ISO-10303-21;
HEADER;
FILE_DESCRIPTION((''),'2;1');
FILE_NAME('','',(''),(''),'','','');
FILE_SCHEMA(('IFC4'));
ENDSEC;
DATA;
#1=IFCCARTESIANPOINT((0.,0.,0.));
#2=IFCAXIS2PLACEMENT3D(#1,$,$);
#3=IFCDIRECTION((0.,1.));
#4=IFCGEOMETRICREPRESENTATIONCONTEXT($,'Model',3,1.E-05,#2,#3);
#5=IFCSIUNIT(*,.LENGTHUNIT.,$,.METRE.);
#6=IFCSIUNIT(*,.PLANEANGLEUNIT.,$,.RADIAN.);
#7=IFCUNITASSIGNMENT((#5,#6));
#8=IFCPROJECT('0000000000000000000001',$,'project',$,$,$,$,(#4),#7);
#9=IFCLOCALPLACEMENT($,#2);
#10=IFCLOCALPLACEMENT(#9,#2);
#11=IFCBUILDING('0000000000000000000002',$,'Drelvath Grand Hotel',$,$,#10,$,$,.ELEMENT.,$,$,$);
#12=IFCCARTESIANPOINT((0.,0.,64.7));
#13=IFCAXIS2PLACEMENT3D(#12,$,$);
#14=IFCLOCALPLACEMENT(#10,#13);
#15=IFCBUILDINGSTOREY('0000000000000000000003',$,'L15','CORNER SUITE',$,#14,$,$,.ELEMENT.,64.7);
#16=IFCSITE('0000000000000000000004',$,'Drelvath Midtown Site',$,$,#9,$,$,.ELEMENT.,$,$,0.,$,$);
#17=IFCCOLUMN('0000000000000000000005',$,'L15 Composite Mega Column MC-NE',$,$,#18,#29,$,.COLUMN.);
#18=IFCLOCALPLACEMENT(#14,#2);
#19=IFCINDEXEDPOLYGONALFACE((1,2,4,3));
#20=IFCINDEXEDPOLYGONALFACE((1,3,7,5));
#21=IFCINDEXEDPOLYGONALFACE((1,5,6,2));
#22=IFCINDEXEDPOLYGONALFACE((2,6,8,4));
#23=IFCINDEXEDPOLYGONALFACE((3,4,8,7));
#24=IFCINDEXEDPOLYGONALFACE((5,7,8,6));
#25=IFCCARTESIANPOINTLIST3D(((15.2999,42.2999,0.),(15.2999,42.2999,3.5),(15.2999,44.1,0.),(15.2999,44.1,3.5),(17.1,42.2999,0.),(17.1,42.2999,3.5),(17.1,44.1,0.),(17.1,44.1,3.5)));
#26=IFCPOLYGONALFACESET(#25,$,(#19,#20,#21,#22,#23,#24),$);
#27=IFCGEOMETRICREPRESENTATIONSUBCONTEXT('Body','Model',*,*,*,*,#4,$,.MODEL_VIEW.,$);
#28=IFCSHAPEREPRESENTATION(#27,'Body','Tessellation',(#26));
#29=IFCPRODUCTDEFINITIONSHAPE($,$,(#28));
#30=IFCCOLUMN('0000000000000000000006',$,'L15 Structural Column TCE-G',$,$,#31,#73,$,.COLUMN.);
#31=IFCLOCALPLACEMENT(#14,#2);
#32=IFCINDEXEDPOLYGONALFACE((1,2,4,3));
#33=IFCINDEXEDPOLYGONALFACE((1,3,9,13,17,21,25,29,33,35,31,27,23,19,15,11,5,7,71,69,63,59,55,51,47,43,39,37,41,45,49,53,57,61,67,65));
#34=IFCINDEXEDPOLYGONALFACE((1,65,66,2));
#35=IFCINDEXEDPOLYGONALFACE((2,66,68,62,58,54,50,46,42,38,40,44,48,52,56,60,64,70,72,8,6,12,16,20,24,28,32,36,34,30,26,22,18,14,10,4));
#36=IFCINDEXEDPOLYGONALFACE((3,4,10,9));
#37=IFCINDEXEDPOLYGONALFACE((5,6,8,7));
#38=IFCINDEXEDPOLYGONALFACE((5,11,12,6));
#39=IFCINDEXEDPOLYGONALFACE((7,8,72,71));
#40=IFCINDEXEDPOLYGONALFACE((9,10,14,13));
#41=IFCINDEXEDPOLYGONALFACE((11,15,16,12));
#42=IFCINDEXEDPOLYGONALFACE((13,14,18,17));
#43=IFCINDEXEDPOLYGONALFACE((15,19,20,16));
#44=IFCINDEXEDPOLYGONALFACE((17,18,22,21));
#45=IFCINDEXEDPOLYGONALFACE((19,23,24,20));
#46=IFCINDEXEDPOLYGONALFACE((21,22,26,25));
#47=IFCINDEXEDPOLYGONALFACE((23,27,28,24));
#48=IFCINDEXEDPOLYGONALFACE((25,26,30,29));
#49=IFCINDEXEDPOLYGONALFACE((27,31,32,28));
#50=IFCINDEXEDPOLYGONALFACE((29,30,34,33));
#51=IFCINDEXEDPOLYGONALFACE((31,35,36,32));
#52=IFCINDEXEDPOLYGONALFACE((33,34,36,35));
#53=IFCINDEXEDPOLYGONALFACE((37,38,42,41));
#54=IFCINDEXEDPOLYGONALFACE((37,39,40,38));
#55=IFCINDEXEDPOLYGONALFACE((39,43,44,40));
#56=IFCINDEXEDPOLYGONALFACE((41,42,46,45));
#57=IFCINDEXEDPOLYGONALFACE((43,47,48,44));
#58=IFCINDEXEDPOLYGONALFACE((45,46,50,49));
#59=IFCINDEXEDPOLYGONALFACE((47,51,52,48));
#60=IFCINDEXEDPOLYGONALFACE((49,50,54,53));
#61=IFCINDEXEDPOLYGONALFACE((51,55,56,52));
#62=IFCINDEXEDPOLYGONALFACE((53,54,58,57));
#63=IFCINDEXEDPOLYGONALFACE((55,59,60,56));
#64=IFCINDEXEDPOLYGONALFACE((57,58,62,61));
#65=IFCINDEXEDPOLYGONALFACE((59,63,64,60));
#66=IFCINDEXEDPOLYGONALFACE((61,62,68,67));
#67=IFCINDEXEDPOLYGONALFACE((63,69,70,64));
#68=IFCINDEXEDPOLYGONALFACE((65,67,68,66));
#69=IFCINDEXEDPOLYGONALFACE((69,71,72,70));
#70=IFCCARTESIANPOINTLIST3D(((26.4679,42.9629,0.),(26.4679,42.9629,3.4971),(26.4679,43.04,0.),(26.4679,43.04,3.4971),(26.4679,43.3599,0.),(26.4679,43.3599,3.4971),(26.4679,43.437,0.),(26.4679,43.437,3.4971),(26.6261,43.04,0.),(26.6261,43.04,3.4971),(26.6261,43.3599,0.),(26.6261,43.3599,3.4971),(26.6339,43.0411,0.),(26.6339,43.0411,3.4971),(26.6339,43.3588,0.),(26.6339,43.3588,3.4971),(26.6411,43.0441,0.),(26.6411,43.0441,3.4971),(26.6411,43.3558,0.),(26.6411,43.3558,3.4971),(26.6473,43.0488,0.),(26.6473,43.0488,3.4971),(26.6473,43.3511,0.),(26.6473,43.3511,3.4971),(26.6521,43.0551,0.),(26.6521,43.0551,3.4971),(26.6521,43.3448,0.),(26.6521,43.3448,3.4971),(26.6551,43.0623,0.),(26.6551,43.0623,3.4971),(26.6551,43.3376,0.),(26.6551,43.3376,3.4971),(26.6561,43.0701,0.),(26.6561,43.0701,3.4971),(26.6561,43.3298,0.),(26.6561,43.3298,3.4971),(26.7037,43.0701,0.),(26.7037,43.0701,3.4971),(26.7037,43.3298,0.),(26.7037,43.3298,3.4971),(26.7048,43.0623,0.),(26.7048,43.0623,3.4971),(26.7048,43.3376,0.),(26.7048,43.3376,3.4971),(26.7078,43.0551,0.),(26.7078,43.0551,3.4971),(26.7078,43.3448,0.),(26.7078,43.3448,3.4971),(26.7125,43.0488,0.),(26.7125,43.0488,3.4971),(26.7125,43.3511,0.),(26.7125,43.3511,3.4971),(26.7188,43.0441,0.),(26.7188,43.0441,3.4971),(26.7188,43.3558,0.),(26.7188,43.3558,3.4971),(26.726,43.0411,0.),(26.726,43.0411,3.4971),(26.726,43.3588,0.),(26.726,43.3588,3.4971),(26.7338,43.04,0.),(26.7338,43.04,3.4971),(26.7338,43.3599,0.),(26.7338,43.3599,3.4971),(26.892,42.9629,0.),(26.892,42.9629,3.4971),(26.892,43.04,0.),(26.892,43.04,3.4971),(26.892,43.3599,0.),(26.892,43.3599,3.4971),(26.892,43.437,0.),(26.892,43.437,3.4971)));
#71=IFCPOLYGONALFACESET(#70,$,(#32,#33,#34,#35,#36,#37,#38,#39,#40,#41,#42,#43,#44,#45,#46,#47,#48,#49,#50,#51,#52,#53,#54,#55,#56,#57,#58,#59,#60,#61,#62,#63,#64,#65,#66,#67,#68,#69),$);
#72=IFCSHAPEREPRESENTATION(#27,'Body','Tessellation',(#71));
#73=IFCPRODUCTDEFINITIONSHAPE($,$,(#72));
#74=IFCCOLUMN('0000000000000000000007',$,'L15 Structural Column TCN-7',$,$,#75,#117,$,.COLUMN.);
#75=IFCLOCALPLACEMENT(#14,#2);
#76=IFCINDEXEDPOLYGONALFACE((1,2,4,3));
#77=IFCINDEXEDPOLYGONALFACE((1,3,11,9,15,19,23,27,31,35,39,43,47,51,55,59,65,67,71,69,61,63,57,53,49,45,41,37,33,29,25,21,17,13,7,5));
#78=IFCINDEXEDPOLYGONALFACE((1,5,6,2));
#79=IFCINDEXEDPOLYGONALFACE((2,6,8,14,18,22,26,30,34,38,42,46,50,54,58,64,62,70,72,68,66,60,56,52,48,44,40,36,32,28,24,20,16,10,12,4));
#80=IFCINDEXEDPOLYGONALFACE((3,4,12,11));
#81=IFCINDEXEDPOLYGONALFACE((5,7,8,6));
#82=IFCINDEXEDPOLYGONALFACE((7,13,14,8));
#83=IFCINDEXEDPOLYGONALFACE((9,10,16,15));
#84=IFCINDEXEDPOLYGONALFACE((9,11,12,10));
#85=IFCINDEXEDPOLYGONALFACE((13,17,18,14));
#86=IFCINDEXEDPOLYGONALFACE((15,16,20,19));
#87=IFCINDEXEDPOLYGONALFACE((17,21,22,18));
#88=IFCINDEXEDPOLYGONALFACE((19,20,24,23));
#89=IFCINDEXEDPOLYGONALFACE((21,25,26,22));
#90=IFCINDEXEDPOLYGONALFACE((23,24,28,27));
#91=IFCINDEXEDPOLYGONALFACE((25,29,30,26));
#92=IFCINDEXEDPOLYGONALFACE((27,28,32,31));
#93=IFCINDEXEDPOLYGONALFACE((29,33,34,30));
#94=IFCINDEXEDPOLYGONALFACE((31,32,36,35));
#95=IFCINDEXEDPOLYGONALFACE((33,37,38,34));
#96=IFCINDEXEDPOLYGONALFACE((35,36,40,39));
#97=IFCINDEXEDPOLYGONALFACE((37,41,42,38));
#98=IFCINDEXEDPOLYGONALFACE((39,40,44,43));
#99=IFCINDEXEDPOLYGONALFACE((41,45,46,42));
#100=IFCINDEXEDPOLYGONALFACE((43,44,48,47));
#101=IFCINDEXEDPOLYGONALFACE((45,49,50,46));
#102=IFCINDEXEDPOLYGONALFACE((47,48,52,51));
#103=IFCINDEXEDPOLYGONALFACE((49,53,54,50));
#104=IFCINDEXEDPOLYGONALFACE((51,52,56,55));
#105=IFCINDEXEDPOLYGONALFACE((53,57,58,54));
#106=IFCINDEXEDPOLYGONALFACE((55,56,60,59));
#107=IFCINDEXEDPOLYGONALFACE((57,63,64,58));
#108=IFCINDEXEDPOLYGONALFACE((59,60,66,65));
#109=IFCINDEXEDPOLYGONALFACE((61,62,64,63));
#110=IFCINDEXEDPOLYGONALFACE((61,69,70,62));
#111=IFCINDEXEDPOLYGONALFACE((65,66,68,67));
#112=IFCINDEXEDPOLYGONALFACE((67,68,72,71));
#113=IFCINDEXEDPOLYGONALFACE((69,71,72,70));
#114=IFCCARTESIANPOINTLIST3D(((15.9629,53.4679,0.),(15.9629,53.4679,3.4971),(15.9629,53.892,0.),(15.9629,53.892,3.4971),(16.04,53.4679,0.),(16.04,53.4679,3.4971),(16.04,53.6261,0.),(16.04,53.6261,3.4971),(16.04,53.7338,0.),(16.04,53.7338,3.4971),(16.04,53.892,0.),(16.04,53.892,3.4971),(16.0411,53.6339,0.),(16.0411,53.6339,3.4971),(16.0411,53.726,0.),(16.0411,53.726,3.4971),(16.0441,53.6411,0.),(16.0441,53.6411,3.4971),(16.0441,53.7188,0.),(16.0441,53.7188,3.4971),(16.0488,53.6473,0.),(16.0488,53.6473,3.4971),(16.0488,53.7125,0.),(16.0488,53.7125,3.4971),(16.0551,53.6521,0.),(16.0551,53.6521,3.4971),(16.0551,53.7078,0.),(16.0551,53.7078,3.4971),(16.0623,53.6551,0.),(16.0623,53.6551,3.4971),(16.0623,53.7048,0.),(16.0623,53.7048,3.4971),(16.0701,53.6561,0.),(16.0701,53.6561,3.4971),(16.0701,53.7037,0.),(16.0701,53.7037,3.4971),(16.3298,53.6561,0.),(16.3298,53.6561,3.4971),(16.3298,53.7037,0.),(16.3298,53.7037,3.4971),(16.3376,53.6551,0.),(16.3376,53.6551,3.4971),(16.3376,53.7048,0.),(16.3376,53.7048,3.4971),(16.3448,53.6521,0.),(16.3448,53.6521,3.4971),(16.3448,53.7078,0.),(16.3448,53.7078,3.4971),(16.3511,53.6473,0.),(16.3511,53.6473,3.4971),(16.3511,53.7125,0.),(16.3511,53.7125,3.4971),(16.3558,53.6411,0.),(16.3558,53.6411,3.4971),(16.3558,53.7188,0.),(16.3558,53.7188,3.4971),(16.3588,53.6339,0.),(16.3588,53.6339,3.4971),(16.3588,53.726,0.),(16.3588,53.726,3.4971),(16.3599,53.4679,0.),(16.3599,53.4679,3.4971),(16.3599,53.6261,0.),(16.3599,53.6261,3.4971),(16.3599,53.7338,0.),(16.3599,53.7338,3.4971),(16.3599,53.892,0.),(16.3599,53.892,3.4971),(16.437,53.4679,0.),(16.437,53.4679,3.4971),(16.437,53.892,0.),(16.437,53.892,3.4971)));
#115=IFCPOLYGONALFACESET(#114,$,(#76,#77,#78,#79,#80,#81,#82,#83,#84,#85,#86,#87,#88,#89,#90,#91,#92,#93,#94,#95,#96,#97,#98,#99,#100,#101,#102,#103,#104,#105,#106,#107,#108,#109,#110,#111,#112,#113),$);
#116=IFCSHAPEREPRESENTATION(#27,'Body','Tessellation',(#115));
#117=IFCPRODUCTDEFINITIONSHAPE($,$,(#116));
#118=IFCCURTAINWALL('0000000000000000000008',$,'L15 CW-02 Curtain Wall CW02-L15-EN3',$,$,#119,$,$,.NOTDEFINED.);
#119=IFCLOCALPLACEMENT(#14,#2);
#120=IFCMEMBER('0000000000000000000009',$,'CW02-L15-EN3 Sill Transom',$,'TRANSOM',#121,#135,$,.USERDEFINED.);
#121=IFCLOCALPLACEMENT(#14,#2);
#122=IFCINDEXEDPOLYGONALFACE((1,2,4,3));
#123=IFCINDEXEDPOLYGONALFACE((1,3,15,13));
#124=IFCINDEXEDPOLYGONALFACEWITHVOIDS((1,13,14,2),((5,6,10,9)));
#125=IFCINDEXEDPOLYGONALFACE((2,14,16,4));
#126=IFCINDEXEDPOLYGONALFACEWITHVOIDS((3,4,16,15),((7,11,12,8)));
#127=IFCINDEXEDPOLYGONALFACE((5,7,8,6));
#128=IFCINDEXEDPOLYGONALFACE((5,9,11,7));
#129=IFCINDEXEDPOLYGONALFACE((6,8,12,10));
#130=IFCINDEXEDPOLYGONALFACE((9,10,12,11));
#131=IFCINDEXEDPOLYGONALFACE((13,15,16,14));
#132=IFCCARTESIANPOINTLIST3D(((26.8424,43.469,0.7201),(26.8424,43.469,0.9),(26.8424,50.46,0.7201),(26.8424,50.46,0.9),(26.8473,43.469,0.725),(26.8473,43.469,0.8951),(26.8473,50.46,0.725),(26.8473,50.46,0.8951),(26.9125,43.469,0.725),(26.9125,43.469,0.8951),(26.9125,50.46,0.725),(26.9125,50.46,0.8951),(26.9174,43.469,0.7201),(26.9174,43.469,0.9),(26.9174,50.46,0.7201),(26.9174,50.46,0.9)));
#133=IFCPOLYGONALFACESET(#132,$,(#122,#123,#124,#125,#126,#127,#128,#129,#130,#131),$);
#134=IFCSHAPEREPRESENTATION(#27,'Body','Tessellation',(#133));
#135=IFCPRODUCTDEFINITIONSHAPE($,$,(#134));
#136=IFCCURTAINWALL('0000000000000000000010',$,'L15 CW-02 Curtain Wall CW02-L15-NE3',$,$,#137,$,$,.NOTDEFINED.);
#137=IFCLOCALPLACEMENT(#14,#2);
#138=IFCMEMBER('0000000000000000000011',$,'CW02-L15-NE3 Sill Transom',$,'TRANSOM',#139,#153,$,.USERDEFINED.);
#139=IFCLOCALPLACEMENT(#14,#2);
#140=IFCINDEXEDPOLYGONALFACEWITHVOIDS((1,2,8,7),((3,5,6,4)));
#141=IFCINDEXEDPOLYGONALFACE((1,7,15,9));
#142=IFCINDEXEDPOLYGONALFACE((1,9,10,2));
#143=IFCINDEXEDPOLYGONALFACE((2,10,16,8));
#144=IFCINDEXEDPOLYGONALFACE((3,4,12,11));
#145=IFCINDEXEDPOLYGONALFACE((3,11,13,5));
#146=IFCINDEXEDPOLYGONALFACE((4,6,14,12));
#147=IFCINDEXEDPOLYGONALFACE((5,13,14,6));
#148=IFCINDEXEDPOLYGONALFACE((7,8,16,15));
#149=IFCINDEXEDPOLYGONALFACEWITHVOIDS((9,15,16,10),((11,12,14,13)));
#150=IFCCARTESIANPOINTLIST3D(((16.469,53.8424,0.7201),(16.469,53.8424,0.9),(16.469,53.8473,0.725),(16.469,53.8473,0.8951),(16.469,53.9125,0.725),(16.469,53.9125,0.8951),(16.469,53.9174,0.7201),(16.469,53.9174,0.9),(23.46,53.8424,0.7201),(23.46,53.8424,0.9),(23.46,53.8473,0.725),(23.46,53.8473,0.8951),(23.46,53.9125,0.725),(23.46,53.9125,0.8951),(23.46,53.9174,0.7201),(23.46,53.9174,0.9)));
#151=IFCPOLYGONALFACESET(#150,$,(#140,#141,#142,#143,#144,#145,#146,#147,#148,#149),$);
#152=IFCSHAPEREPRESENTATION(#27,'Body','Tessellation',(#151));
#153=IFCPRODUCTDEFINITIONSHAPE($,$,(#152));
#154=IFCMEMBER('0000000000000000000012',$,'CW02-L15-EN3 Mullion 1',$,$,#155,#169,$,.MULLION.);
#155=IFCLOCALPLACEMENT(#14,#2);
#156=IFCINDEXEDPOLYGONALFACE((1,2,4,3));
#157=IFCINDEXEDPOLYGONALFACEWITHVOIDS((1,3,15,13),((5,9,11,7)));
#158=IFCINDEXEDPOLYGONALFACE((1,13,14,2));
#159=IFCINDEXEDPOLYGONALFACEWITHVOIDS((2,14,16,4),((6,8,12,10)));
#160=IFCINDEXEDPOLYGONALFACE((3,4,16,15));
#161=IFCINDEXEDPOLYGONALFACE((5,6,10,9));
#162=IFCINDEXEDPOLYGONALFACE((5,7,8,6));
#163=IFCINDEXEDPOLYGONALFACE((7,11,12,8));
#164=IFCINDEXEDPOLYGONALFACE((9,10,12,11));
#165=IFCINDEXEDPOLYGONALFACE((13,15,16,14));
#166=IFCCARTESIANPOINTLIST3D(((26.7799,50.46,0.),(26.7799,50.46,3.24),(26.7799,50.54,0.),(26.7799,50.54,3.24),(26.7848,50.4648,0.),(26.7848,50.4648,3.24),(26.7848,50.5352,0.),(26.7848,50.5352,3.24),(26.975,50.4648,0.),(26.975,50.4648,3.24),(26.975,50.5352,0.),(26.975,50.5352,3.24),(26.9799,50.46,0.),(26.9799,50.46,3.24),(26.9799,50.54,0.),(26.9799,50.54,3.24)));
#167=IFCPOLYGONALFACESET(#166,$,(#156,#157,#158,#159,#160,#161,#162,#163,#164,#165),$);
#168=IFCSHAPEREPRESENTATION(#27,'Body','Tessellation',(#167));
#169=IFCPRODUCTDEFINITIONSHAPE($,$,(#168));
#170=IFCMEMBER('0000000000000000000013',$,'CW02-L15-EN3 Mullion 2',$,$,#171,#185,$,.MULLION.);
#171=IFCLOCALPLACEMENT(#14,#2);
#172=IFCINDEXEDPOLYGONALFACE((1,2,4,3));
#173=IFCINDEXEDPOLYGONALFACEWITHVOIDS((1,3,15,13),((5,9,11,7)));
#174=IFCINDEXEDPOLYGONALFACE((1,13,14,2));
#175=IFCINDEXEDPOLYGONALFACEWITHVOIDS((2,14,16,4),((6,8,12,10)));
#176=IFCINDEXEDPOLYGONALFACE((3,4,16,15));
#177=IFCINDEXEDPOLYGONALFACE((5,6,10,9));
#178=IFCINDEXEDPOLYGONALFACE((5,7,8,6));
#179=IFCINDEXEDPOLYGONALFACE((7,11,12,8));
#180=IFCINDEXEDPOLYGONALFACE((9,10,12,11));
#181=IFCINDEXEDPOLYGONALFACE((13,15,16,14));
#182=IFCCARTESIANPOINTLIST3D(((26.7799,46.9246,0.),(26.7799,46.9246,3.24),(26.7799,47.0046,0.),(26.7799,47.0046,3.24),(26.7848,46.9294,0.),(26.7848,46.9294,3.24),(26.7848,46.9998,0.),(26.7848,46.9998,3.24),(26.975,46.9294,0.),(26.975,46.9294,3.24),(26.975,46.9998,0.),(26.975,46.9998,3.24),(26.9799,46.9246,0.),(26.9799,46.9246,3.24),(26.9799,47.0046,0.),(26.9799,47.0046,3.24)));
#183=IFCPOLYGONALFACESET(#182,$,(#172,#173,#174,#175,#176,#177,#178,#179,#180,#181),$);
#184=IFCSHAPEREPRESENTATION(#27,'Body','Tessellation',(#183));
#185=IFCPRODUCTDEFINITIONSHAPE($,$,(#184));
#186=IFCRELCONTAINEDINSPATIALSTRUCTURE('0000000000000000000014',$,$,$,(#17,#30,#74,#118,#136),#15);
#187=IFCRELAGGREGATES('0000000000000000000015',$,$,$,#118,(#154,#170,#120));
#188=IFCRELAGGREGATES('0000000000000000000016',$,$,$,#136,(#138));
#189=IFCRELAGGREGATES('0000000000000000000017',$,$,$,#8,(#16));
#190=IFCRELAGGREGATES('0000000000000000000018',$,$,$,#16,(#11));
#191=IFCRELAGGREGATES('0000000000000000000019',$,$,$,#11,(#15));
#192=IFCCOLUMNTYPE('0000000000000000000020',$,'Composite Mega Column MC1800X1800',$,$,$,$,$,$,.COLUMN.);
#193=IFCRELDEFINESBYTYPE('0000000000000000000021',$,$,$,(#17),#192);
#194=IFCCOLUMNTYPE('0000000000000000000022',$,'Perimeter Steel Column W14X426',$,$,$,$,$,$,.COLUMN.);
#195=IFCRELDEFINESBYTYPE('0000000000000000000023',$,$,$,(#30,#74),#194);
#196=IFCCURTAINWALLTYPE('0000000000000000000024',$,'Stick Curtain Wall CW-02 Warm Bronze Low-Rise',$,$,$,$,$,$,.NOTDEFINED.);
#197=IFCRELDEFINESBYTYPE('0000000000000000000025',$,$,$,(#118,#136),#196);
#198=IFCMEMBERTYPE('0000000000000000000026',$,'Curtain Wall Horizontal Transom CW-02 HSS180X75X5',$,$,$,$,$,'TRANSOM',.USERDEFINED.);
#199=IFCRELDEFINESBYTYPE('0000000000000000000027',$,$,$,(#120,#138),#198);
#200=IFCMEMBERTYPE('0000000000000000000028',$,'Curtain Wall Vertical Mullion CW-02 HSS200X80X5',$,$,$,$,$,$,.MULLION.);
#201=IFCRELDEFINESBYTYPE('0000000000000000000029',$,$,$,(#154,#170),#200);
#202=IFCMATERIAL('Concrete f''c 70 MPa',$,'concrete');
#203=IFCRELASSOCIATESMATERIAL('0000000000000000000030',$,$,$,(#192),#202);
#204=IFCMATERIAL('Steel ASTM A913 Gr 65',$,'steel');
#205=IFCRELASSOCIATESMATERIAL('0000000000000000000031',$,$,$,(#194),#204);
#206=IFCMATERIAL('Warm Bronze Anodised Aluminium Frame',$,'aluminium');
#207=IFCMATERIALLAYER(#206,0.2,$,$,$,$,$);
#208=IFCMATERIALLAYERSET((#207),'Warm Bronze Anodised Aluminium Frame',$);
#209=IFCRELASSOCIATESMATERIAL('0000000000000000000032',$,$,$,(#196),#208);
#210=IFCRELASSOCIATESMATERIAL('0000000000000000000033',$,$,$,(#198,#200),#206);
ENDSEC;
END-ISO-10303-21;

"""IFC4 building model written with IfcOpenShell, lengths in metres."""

from ifc_helpers import new_model, si_unit, direction, frame, origin, origin_2d, place, context, subcontext, project, spatial, rectangle, hollow_rectangle, i_section, extrude, material, layer, layer_set, material_profile, profile_set, type_object, element, aggregate, save


model = new_model("IFC4")

# Units and contexts
model_context = context("Model", 3, precision=1e-05, world=origin(), true_north=direction((0.0, 1.0)))
body_context = subcontext(model_context, "Body", "Model", "MODEL_VIEW")
ifc_project = project(units=[si_unit("LENGTHUNIT", "METRE"), si_unit("PLANEANGLEUNIT", "RADIAN")], contexts=[model_context])

# Site, building, storey
site_placement = place(None, origin())
site = spatial("IfcSite", under=ifc_project, at=site_placement, Name="Drelvath Midtown Site", CompositionType="ELEMENT", RefElevation=0.0)
building_placement = place(site_placement, origin())
building = spatial("IfcBuilding", under=site, at=building_placement, Name="Drelvath Grand Hotel", CompositionType="ELEMENT")
storey_placement = place(building_placement, frame((0.0, 0.0, 64.7)))
storey = spatial("IfcBuildingStorey", under=building, at=storey_placement, Name="L15", Description="CORNER SUITE", CompositionType="ELEMENT", Elevation=64.7)

# Columns
ifc_material_1 = material(Name="Concrete f'c 70 MPa", Category="concrete")
ifc_material_profile_1 = material_profile(ifc_material_1, rectangle(XDim=1.8, YDim=1.8, at=origin_2d()), Name="MC1800X1800")
ifc_profile_set_1 = profile_set([ifc_material_profile_1], Name="Concrete f'c 70 MPa")
column_type_1 = type_object("IfcColumnType", Name="Composite Mega Column MC1800X1800", PredefinedType="COLUMN", material=ifc_profile_set_1)
column_placement = place(storey_placement, frame((16.2, 43.2, 0.0), z_axis=(0.0, 0.0, 1.0), x_axis=(1.0, 0.0, 0.0)))
element("IfcColumn", 1, at=column_placement, inside=storey, type_object=column_type_1, Name="L15 Composite Mega Column MC-NE", PredefinedType="COLUMN", context=body_context, shape_type="SweptSolid", body=[
    extrude(rectangle(XDim=1.8, YDim=1.8, at=origin_2d()), origin(), (0.0, 0.0, 1.0), 3.5),
])
ifc_material_2 = material(Name="Steel ASTM A913 Gr 65", Category="steel")
ifc_material_profile_2 = material_profile(ifc_material_2, i_section(OverallWidth=0.4241, OverallDepth=0.4741, WebThickness=0.0476, FlangeThickness=0.0771, FilletRadius=0.03, at=origin_2d()), Name="W14X426")
ifc_profile_set_2 = profile_set([ifc_material_profile_2], Name="Steel ASTM A913 Gr 65")
column_type_2 = type_object("IfcColumnType", Name="Perimeter Steel Column W14X426", PredefinedType="COLUMN", material=ifc_profile_set_2)
for number, where, z_axis, x_axis, name in (
    (2, (26.6799, 43.2, 0.0), (0.0, 0.0, 1.0), (1.0, 0.0, 0.0), "L15 Structural Column TCE-G"),
    (3, (16.2, 53.6799, 0.0), (0.0, 0.0, 1.0), (0.0, 1.0, 0.0), "L15 Structural Column TCN-7"),
):
    element("IfcColumn", number, at=place(storey_placement, frame(where, z_axis=z_axis, x_axis=x_axis)), inside=storey, type_object=column_type_2, Name=name, PredefinedType="COLUMN", context=body_context, shape_type="SweptSolid", body=[
        extrude(i_section(OverallWidth=0.4241, OverallDepth=0.4741, WebThickness=0.0476, FlangeThickness=0.0771, FilletRadius=0.03, at=origin_2d()), origin(), (0.0, 0.0, 1.0), 3.4971),
    ])

# Curtain walls, members
ifc_material_3 = material(Name="Warm Bronze Anodised Aluminium Frame", Category="aluminium")
ifc_layer_1 = layer(ifc_material_3, 0.2)
ifc_layer_set_1 = layer_set([ifc_layer_1], Name="Warm Bronze Anodised Aluminium Frame")
curtain_wall_type = type_object("IfcCurtainWallType", Name="Stick Curtain Wall CW-02 Warm Bronze Low-Rise", PredefinedType="NOTDEFINED", material=ifc_layer_set_1)
curtain_wall_1_placement = place(storey_placement, origin())
curtain_wall_1 = element("IfcCurtainWall", 4, at=curtain_wall_1_placement, inside=storey, type_object=curtain_wall_type, Name="L15 CW-02 Curtain Wall CW02-L15-EN3", PredefinedType="NOTDEFINED")
ifc_material_profile_3 = material_profile(ifc_material_3, hollow_rectangle(XDim=0.075, YDim=0.1799, WallThickness=0.0049, at=origin_2d()), Name="HSS180X75X5")
ifc_profile_set_3 = profile_set([ifc_material_profile_3], Name="Warm Bronze Anodised Aluminium Frame")
member_type_1 = type_object("IfcMemberType", Name="Curtain Wall Horizontal Transom CW-02 HSS180X75X5", ElementType="TRANSOM", PredefinedType="USERDEFINED", material=ifc_profile_set_3)
member_1_placement = place(storey_placement, frame((26.8799, 50.46, 0.8101), z_axis=(0.0, -1.0, 0.0), x_axis=(1.0, 0.0, 0.0)))
member_1 = element("IfcMember", 5, at=member_1_placement, type_object=member_type_1, Name="CW02-L15-EN3 Sill Transom", ObjectType="TRANSOM", PredefinedType="USERDEFINED", context=body_context, shape_type="SweptSolid", body=[
    extrude(hollow_rectangle(XDim=0.075, YDim=0.1799, WallThickness=0.0049, at=origin_2d()), origin(), (0.0, 0.0, 1.0), 6.991),
])
curtain_wall_2_placement = place(storey_placement, origin())
curtain_wall_2 = element("IfcCurtainWall", 6, at=curtain_wall_2_placement, inside=storey, type_object=curtain_wall_type, Name="L15 CW-02 Curtain Wall CW02-L15-NE3", PredefinedType="NOTDEFINED")
member_2_placement = place(storey_placement, frame((16.469, 53.8799, 0.8101), z_axis=(1.0, 0.0, 0.0), x_axis=(0.0, 1.0, 0.0)))
member_2 = element("IfcMember", 7, at=member_2_placement, type_object=member_type_1, Name="CW02-L15-NE3 Sill Transom", ObjectType="TRANSOM", PredefinedType="USERDEFINED", context=body_context, shape_type="SweptSolid", body=[
    extrude(hollow_rectangle(XDim=0.075, YDim=0.1799, WallThickness=0.0049, at=origin_2d()), origin(), (0.0, 0.0, 1.0), 6.991),
])

# Members
ifc_material_profile_4 = material_profile(ifc_material_3, hollow_rectangle(XDim=0.0801, YDim=0.2, WallThickness=0.0049, at=origin_2d()), Name="HSS200X80X5")
ifc_profile_set_4 = profile_set([ifc_material_profile_4], Name="Warm Bronze Anodised Aluminium Frame")
member_type_2 = type_object("IfcMemberType", Name="Curtain Wall Vertical Mullion CW-02 HSS200X80X5", PredefinedType="MULLION", material=ifc_profile_set_4)
member_3_placement = place(storey_placement, frame((26.8799, 50.5, 0.0), z_axis=(0.0, 0.0, 1.0), x_axis=(0.0, 1.0, 0.0)))
member_3 = element("IfcMember", 8, at=member_3_placement, type_object=member_type_2, Name="CW02-L15-EN3 Mullion 1", PredefinedType="MULLION", context=body_context, shape_type="SweptSolid", body=[
    extrude(hollow_rectangle(XDim=0.0801, YDim=0.2, WallThickness=0.0049, at=origin_2d()), origin(), (0.0, 0.0, 1.0), 3.24),
])
member_4_placement = place(storey_placement, frame((26.8799, 46.9646, 0.0), z_axis=(0.0, 0.0, 1.0), x_axis=(0.0, 1.0, 0.0)))
member_4 = element("IfcMember", 9, at=member_4_placement, type_object=member_type_2, Name="CW02-L15-EN3 Mullion 2", PredefinedType="MULLION", context=body_context, shape_type="SweptSolid", body=[
    extrude(hollow_rectangle(XDim=0.0801, YDim=0.2, WallThickness=0.0049, at=origin_2d()), origin(), (0.0, 0.0, 1.0), 3.24),
])

aggregate(curtain_wall_1, [member_3, member_4, member_1])
aggregate(curtain_wall_2, [member_2])

save(model, "model.ifc")
